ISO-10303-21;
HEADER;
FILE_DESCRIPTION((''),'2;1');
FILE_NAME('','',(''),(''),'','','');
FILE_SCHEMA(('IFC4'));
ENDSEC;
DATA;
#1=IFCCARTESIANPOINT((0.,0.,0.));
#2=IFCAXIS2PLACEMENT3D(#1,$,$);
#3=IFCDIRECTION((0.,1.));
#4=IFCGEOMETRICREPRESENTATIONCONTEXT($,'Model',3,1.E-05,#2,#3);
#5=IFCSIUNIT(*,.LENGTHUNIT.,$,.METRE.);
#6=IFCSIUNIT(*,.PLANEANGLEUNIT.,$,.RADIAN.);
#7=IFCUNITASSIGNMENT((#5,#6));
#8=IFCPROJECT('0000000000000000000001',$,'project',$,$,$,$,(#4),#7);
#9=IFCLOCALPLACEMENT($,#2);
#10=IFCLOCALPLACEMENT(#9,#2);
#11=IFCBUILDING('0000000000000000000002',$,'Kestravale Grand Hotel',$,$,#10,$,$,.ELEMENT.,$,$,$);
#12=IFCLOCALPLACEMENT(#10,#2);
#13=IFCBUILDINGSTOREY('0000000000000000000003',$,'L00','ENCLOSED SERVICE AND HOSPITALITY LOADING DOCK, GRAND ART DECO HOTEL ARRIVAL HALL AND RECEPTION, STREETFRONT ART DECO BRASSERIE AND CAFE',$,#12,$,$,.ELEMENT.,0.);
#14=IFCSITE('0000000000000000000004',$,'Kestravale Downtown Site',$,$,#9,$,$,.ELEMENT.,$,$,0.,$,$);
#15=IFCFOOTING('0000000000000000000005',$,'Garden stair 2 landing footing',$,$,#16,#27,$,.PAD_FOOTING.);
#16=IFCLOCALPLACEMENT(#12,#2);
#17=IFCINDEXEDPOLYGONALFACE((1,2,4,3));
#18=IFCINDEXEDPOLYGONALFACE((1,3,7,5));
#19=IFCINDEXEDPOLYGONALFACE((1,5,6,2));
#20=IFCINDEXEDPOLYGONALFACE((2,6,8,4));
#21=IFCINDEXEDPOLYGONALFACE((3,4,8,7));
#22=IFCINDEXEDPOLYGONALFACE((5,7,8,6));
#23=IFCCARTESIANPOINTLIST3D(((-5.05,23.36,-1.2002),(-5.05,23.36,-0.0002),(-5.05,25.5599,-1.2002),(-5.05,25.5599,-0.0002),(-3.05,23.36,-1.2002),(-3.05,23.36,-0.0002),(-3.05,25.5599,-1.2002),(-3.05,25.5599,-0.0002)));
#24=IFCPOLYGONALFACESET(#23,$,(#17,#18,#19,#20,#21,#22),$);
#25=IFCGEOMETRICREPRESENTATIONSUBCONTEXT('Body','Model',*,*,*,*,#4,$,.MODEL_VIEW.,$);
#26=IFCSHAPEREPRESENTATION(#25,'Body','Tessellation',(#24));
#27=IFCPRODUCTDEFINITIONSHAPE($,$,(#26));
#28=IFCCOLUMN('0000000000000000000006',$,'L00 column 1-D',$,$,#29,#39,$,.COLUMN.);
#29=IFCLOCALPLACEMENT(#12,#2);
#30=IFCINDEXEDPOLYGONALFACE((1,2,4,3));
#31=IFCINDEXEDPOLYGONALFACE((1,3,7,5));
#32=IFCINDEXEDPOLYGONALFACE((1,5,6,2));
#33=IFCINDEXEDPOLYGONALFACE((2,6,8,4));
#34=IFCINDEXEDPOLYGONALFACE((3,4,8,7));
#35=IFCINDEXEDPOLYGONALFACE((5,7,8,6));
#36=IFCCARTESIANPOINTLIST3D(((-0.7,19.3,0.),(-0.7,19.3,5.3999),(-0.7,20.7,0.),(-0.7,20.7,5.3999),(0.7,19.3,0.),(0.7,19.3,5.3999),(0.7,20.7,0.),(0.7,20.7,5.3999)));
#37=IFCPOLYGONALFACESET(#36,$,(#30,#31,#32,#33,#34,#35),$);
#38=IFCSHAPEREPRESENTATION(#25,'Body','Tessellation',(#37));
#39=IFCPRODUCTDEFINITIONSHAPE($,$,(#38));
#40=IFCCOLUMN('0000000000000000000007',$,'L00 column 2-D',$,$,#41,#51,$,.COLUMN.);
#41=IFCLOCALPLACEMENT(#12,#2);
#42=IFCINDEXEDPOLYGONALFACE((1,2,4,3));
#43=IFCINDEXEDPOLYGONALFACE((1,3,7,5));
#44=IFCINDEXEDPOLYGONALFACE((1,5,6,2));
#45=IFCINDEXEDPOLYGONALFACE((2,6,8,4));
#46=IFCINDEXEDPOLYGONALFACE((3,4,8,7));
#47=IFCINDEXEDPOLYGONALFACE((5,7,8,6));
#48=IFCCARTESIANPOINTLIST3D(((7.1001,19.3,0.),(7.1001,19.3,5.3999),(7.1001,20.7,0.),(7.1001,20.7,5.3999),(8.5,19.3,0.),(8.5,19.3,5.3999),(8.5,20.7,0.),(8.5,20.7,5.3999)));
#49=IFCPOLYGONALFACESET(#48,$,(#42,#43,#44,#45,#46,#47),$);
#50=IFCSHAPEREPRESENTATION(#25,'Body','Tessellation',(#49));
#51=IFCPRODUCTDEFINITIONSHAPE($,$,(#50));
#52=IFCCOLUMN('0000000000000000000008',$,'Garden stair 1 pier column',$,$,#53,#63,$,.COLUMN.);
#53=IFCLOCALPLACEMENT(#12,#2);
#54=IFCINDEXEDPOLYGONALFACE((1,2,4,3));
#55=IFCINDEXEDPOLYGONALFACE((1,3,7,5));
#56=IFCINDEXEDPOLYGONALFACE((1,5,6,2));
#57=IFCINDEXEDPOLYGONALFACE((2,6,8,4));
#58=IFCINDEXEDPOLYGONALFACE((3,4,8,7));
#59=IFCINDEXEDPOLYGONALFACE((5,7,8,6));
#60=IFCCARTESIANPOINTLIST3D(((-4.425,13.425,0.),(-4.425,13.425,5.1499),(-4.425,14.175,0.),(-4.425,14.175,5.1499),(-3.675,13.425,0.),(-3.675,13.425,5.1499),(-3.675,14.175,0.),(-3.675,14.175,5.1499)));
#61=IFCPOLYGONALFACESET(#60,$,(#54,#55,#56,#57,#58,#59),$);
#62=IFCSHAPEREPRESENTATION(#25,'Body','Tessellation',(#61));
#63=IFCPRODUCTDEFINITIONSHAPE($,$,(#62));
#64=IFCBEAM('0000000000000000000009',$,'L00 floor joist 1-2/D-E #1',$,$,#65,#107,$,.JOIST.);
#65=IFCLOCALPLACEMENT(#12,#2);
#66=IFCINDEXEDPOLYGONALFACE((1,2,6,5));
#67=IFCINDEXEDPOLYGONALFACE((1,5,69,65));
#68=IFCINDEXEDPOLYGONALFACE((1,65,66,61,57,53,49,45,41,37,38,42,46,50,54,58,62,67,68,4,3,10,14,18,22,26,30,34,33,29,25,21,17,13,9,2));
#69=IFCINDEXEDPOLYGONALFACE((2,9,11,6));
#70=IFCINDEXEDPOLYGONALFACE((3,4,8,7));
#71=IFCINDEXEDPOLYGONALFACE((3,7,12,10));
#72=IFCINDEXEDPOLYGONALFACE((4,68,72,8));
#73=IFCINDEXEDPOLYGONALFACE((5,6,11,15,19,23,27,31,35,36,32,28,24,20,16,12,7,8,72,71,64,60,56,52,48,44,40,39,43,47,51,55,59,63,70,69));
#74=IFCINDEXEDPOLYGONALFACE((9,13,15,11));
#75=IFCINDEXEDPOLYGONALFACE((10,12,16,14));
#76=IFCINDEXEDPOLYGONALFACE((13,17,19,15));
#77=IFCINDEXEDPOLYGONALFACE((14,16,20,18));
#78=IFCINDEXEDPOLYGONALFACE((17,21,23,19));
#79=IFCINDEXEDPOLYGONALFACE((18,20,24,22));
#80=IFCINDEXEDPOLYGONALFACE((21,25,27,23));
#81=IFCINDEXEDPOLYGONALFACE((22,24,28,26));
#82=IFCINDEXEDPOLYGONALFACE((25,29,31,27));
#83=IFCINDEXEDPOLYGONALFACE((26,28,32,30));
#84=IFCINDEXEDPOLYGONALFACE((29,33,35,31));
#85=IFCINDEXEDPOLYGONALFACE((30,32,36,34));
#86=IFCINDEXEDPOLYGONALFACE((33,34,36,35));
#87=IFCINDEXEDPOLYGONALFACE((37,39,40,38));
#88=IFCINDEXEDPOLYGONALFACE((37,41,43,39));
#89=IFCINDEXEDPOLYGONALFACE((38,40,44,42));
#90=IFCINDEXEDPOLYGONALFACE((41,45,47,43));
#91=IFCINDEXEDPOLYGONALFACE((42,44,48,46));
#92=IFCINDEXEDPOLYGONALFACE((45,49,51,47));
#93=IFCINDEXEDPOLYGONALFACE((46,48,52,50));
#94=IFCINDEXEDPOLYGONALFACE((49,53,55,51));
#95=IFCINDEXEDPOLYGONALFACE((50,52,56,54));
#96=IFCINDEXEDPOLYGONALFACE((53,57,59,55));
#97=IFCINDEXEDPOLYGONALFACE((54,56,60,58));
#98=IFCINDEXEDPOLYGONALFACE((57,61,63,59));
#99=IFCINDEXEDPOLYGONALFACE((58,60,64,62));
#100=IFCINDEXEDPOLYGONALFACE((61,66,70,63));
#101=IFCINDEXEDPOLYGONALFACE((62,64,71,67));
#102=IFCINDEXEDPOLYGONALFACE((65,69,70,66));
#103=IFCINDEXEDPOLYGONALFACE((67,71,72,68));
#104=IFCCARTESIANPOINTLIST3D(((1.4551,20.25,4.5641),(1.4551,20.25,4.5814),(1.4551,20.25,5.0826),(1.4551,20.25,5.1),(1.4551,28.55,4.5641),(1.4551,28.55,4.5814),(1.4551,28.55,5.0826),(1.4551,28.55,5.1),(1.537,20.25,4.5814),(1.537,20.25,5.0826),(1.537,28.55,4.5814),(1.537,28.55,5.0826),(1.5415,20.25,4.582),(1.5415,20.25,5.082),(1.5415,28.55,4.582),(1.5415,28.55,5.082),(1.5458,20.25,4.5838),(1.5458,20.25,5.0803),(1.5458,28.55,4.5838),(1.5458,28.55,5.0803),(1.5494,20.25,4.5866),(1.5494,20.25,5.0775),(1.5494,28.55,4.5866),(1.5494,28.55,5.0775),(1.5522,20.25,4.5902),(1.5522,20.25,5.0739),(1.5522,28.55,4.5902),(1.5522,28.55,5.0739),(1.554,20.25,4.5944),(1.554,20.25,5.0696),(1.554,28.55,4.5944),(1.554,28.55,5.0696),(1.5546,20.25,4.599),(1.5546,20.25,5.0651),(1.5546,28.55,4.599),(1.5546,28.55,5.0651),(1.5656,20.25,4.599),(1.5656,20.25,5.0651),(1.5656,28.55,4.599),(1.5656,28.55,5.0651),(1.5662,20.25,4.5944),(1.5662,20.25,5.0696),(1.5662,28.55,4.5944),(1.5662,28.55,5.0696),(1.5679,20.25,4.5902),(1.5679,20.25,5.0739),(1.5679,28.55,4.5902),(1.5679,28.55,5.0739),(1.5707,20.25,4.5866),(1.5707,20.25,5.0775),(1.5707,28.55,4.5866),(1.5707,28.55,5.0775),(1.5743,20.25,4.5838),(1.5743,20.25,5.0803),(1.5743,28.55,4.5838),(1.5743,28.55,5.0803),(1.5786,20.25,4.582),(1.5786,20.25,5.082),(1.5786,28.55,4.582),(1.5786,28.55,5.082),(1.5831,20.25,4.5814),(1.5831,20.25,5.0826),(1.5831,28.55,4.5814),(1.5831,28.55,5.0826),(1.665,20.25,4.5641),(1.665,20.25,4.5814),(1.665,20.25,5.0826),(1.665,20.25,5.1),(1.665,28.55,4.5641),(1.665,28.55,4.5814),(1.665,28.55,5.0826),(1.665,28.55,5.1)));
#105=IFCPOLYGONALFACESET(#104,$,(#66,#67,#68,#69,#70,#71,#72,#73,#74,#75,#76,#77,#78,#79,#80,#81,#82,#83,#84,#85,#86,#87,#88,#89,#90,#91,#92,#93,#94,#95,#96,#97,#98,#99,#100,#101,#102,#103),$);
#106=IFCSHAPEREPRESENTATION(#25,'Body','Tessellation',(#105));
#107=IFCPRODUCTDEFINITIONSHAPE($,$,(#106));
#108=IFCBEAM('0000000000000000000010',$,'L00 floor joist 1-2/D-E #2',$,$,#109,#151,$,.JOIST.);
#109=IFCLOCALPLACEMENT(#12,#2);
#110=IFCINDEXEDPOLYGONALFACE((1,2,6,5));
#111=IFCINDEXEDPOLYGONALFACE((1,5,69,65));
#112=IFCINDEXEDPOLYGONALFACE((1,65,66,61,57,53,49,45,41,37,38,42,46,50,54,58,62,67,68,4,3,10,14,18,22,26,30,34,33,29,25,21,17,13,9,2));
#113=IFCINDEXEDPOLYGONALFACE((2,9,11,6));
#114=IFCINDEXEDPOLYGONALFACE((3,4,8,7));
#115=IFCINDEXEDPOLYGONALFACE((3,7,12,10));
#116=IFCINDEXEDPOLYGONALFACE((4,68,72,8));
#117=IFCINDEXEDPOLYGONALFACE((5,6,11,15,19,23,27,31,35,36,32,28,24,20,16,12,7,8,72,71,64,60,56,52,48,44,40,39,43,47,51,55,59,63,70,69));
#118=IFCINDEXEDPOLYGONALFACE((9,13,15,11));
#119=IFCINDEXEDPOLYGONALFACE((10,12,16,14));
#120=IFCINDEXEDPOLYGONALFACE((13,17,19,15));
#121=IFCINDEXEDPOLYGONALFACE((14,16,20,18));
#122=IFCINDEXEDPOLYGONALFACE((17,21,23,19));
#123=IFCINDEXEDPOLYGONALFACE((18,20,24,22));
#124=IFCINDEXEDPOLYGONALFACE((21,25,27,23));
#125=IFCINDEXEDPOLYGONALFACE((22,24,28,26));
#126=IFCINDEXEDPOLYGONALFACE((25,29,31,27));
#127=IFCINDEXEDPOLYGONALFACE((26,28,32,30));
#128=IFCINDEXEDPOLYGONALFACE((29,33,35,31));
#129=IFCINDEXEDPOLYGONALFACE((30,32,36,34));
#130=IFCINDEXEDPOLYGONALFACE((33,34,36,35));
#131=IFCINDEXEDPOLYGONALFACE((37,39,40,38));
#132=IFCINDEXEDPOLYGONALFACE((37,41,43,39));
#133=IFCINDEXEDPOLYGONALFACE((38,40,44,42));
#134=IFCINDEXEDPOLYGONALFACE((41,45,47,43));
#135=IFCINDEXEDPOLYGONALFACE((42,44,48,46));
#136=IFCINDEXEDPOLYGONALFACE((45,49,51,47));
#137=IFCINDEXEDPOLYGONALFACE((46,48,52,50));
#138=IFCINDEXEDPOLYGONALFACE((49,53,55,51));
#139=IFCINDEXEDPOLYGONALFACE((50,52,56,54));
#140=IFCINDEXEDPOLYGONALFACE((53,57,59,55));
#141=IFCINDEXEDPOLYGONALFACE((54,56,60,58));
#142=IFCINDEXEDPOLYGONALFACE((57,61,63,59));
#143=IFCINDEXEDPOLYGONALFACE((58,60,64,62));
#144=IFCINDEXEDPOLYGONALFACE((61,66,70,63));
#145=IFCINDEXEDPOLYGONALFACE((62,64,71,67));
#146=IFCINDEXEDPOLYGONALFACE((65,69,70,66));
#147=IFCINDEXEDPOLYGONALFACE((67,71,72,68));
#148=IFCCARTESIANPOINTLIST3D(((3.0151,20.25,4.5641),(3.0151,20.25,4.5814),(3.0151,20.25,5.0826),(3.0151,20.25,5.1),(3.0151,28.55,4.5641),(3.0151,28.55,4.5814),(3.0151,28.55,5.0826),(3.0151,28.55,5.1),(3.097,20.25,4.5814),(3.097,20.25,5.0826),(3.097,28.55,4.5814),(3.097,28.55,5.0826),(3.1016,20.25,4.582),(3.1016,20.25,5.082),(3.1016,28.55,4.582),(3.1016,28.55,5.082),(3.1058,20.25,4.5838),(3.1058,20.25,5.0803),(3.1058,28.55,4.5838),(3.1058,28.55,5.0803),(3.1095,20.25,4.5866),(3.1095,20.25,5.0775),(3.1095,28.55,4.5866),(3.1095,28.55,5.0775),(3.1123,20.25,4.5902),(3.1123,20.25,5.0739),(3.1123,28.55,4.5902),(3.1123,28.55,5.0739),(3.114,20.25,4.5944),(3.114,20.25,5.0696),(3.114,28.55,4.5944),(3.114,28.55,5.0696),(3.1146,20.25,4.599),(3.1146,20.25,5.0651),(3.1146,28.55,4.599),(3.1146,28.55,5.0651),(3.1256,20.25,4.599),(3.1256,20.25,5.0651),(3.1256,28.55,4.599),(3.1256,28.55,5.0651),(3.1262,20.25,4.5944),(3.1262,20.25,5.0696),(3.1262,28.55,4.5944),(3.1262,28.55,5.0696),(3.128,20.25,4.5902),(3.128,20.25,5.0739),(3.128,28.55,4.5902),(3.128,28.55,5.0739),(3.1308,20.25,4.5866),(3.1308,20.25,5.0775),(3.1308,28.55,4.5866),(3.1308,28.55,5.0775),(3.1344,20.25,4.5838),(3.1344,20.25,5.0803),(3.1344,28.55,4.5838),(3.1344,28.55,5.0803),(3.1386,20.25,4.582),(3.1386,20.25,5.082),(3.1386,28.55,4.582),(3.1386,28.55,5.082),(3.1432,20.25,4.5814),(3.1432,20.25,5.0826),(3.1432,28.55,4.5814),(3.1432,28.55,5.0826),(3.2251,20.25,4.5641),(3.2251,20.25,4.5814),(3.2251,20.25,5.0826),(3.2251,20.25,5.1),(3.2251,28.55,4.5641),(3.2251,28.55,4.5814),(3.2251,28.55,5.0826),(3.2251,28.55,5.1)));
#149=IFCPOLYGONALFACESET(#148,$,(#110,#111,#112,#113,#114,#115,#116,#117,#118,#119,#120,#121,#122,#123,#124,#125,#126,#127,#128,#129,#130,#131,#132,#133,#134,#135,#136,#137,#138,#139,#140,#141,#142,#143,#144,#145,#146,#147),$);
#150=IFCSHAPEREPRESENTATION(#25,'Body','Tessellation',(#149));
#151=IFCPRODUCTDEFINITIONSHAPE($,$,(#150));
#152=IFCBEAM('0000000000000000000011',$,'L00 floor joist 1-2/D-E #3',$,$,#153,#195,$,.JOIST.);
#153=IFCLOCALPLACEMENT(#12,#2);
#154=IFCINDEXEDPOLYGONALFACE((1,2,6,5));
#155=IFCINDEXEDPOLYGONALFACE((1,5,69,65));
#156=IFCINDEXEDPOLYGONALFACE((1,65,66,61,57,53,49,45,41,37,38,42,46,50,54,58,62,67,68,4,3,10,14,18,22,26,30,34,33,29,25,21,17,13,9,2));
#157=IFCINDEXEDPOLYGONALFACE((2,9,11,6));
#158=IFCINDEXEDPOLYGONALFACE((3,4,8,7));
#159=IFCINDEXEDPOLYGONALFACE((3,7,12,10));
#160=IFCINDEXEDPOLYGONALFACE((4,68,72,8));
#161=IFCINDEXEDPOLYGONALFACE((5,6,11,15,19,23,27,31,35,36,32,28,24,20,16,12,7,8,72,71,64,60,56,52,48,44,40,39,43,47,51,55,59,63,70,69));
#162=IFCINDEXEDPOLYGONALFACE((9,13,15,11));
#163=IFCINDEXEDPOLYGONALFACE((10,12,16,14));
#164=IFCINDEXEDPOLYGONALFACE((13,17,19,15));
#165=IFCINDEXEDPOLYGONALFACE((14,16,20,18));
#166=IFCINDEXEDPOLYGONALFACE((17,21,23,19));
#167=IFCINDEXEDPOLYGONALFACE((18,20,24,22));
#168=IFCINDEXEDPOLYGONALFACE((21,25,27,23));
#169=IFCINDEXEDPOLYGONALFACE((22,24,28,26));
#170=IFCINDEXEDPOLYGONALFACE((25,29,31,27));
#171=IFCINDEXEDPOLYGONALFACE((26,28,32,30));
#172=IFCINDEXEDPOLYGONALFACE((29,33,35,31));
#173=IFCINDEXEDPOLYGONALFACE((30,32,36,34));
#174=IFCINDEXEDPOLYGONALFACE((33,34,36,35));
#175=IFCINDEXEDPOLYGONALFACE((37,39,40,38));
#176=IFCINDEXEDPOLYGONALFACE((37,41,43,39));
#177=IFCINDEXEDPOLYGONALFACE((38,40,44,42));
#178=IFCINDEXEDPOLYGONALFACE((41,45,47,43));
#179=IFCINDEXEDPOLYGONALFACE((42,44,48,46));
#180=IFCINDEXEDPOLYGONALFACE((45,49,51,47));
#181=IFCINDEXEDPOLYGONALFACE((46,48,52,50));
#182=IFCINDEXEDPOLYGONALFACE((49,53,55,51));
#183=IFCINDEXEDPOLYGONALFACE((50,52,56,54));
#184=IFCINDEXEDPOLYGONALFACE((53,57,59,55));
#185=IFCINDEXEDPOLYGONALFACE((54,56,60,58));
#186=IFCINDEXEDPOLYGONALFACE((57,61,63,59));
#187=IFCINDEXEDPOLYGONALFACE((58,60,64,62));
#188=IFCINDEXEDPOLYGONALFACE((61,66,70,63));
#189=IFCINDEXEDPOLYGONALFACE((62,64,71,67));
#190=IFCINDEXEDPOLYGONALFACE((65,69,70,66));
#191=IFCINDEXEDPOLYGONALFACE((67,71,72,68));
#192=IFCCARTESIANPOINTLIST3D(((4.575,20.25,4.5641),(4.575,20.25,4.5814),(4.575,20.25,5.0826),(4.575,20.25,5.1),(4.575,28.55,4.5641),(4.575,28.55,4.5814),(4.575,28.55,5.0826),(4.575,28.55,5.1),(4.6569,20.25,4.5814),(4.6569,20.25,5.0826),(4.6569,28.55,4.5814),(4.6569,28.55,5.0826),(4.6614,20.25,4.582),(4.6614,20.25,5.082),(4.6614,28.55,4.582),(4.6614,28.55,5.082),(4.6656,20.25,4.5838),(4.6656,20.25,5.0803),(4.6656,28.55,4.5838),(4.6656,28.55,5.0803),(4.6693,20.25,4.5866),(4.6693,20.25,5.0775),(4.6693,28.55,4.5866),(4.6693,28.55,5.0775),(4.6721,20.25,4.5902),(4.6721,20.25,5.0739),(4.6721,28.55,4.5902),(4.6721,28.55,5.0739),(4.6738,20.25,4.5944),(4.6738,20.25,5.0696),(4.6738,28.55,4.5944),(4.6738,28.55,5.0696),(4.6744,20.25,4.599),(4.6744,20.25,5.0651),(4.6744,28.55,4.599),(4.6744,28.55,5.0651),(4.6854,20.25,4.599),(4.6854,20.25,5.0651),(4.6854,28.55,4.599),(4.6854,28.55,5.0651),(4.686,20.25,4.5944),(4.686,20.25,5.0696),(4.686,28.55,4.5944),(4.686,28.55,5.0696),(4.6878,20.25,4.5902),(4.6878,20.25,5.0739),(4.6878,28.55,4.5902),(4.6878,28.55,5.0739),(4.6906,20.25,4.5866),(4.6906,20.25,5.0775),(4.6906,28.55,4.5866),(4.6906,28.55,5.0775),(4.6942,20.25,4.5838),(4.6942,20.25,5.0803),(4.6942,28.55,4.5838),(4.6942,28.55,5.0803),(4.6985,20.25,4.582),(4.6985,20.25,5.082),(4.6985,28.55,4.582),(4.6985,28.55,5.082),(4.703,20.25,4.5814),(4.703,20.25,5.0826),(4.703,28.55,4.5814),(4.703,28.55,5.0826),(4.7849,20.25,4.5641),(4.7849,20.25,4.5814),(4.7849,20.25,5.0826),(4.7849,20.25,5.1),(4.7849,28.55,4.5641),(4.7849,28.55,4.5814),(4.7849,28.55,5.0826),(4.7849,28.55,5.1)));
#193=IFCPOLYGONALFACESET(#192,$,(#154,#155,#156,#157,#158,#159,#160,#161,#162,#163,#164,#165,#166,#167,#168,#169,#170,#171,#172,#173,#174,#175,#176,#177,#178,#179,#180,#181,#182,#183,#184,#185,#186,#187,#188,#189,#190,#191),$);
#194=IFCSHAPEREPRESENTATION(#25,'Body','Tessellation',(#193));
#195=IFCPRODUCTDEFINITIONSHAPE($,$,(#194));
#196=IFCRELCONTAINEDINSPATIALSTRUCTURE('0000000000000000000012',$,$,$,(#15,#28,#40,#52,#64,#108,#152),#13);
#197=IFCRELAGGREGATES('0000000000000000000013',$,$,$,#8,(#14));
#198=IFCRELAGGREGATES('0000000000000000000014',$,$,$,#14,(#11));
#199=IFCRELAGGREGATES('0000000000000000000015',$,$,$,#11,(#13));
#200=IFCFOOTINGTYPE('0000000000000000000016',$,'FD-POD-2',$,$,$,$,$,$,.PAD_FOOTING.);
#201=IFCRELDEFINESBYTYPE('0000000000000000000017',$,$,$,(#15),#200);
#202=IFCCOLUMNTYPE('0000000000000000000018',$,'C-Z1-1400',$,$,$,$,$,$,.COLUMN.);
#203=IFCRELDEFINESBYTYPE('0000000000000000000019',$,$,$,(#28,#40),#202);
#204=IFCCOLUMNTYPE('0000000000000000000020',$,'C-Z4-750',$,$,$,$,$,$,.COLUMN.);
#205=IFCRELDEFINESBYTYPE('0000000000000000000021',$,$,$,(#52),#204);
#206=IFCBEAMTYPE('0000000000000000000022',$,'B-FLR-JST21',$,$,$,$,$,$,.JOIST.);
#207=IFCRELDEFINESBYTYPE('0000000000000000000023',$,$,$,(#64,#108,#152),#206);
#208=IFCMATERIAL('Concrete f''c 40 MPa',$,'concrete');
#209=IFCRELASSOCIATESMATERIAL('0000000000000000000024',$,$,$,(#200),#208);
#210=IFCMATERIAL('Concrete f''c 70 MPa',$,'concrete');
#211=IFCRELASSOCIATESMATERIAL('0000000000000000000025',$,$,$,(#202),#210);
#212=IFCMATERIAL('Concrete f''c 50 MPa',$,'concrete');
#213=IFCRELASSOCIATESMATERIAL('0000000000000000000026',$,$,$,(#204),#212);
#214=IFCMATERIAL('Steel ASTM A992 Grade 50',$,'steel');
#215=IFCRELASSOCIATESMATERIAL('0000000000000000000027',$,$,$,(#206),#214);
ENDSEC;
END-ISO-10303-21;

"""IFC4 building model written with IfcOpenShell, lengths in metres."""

from ifc_helpers import new_model, si_unit, direction, frame, origin, origin_2d, place, context, subcontext, project, spatial, rectangle, i_section, extrude, material, material_profile, profile_set, type_object, element, save


model = new_model("IFC4")

# Units and contexts
model_context = context("Model", 3, precision=1e-05, world=origin(), true_north=direction((0.0, 1.0)))
body_context = subcontext(model_context, "Body", "Model", "MODEL_VIEW")
ifc_project = project(units=[si_unit("LENGTHUNIT", "METRE"), si_unit("PLANEANGLEUNIT", "RADIAN")], contexts=[model_context])

# Site, building, storey
site_placement = place(None, origin())
site = spatial("IfcSite", under=ifc_project, at=site_placement, Name="Kestravale Downtown Site", CompositionType="ELEMENT", RefElevation=0.0)
building_placement = place(site_placement, origin())
building = spatial("IfcBuilding", under=site, at=building_placement, Name="Kestravale Grand Hotel", CompositionType="ELEMENT")
storey_placement = place(building_placement, origin())
storey = spatial("IfcBuildingStorey", under=building, at=storey_placement, Name="L00", Description="ENCLOSED SERVICE AND HOSPITALITY LOADING DOCK, GRAND ART DECO HOTEL ARRIVAL HALL AND RECEPTION, STREETFRONT ART DECO BRASSERIE AND CAFE", CompositionType="ELEMENT", Elevation=0.0)

# Footing
ifc_material_1 = material(Name="Concrete f'c 40 MPa", Category="concrete")
footing_type = type_object("IfcFootingType", Name="FD-POD-2", PredefinedType="PAD_FOOTING", material=ifc_material_1)
footing_placement = place(storey_placement, frame((-4.05, 24.46, -1.2002), z_axis=(0.0, 0.0, 1.0), x_axis=(1.0, 0.0, 0.0)))
element("IfcFooting", 1, at=footing_placement, inside=storey, type_object=footing_type, Name="Garden stair 2 landing footing", PredefinedType="PAD_FOOTING", context=body_context, shape_type="SweptSolid", body=[
    extrude(rectangle(XDim=2.0, YDim=2.2, at=origin_2d()), origin(), (0.0, 0.0, 1.0), 1.2),
])

# Columns
ifc_material_2 = material(Name="Concrete f'c 70 MPa", Category="concrete")
ifc_material_profile_1 = material_profile(ifc_material_2, rectangle(XDim=1.3999, YDim=1.3999, at=origin_2d()))
ifc_profile_set_1 = profile_set([ifc_material_profile_1], Name="Concrete f'c 70 MPa")
column_type_1 = type_object("IfcColumnType", Name="C-Z1-1400", PredefinedType="COLUMN", material=ifc_profile_set_1)
for number, where, z_axis, x_axis, name in (
    (2, (0.0, 20.0, 0.0), (0.0, 0.0, 1.0), (1.0, 0.0, 0.0), "L00 column 1-D"),
    (3, (7.8, 20.0, 0.0), (0.0, 0.0, 1.0), (1.0, 0.0, 0.0), "L00 column 2-D"),
):
    element("IfcColumn", number, at=place(storey_placement, frame(where, z_axis=z_axis, x_axis=x_axis)), inside=storey, type_object=column_type_1, Name=name, PredefinedType="COLUMN", context=body_context, shape_type="SweptSolid", body=[
        extrude(rectangle(XDim=1.3999, YDim=1.3999, at=origin_2d()), origin(), (0.0, 0.0, 1.0), 5.3999),
    ])
ifc_material_3 = material(Name="Concrete f'c 50 MPa", Category="concrete")
ifc_material_profile_2 = material_profile(ifc_material_3, rectangle(XDim=0.75, YDim=0.75, at=origin_2d()))
ifc_profile_set_2 = profile_set([ifc_material_profile_2], Name="Concrete f'c 50 MPa")
column_type_2 = type_object("IfcColumnType", Name="C-Z4-750", PredefinedType="COLUMN", material=ifc_profile_set_2)
column_placement = place(storey_placement, frame((-4.05, 13.8, 0.0), z_axis=(0.0, 0.0, 1.0), x_axis=(1.0, 0.0, 0.0)))
element("IfcColumn", 4, at=column_placement, inside=storey, type_object=column_type_2, Name="Garden stair 1 pier column", PredefinedType="COLUMN", context=body_context, shape_type="SweptSolid", body=[
    extrude(rectangle(XDim=0.75, YDim=0.75, at=origin_2d()), origin(), (0.0, 0.0, 1.0), 5.1499),
])

# Beams
ifc_material_4 = material(Name="Steel ASTM A992 Grade 50", Category="steel")
ifc_material_profile_3 = material_profile(ifc_material_4, i_section(OverallWidth=0.21, OverallDepth=0.5359, WebThickness=0.011, FlangeThickness=0.0173, FilletRadius=0.0176, at=origin_2d()))
ifc_profile_set_3 = profile_set([ifc_material_profile_3], Name="Steel ASTM A992 Grade 50")
beam_type_1 = type_object("IfcBeamType", Name="B-FLR-JST21", PredefinedType="JOIST", material=ifc_profile_set_3)
for number, where, z_axis, x_axis, name in (
    (5, (1.5601, 20.25, 4.832), (0.0, 1.0, 0.0), (-1.0, 0.0, 0.0), "L00 floor joist 1-2/D-E #1"),
    (6, (3.1201, 20.25, 4.832), (0.0, 1.0, 0.0), (-1.0, 0.0, 0.0), "L00 floor joist 1-2/D-E #2"),
    (7, (4.6799, 20.25, 4.832), (0.0, 1.0, 0.0), (-1.0, 0.0, 0.0), "L00 floor joist 1-2/D-E #3"),
):
    element("IfcBeam", number, at=place(storey_placement, frame(where, z_axis=z_axis, x_axis=x_axis)), inside=storey, type_object=beam_type_1, Name=name, PredefinedType="JOIST", context=body_context, shape_type="SweptSolid", body=[
        extrude(i_section(OverallWidth=0.21, OverallDepth=0.5359, WebThickness=0.011, FlangeThickness=0.0173, FilletRadius=0.0176, at=origin_2d()), origin(), (0.0, 0.0, 1.0), 8.3),
    ])

save(model, "model.ifc")
